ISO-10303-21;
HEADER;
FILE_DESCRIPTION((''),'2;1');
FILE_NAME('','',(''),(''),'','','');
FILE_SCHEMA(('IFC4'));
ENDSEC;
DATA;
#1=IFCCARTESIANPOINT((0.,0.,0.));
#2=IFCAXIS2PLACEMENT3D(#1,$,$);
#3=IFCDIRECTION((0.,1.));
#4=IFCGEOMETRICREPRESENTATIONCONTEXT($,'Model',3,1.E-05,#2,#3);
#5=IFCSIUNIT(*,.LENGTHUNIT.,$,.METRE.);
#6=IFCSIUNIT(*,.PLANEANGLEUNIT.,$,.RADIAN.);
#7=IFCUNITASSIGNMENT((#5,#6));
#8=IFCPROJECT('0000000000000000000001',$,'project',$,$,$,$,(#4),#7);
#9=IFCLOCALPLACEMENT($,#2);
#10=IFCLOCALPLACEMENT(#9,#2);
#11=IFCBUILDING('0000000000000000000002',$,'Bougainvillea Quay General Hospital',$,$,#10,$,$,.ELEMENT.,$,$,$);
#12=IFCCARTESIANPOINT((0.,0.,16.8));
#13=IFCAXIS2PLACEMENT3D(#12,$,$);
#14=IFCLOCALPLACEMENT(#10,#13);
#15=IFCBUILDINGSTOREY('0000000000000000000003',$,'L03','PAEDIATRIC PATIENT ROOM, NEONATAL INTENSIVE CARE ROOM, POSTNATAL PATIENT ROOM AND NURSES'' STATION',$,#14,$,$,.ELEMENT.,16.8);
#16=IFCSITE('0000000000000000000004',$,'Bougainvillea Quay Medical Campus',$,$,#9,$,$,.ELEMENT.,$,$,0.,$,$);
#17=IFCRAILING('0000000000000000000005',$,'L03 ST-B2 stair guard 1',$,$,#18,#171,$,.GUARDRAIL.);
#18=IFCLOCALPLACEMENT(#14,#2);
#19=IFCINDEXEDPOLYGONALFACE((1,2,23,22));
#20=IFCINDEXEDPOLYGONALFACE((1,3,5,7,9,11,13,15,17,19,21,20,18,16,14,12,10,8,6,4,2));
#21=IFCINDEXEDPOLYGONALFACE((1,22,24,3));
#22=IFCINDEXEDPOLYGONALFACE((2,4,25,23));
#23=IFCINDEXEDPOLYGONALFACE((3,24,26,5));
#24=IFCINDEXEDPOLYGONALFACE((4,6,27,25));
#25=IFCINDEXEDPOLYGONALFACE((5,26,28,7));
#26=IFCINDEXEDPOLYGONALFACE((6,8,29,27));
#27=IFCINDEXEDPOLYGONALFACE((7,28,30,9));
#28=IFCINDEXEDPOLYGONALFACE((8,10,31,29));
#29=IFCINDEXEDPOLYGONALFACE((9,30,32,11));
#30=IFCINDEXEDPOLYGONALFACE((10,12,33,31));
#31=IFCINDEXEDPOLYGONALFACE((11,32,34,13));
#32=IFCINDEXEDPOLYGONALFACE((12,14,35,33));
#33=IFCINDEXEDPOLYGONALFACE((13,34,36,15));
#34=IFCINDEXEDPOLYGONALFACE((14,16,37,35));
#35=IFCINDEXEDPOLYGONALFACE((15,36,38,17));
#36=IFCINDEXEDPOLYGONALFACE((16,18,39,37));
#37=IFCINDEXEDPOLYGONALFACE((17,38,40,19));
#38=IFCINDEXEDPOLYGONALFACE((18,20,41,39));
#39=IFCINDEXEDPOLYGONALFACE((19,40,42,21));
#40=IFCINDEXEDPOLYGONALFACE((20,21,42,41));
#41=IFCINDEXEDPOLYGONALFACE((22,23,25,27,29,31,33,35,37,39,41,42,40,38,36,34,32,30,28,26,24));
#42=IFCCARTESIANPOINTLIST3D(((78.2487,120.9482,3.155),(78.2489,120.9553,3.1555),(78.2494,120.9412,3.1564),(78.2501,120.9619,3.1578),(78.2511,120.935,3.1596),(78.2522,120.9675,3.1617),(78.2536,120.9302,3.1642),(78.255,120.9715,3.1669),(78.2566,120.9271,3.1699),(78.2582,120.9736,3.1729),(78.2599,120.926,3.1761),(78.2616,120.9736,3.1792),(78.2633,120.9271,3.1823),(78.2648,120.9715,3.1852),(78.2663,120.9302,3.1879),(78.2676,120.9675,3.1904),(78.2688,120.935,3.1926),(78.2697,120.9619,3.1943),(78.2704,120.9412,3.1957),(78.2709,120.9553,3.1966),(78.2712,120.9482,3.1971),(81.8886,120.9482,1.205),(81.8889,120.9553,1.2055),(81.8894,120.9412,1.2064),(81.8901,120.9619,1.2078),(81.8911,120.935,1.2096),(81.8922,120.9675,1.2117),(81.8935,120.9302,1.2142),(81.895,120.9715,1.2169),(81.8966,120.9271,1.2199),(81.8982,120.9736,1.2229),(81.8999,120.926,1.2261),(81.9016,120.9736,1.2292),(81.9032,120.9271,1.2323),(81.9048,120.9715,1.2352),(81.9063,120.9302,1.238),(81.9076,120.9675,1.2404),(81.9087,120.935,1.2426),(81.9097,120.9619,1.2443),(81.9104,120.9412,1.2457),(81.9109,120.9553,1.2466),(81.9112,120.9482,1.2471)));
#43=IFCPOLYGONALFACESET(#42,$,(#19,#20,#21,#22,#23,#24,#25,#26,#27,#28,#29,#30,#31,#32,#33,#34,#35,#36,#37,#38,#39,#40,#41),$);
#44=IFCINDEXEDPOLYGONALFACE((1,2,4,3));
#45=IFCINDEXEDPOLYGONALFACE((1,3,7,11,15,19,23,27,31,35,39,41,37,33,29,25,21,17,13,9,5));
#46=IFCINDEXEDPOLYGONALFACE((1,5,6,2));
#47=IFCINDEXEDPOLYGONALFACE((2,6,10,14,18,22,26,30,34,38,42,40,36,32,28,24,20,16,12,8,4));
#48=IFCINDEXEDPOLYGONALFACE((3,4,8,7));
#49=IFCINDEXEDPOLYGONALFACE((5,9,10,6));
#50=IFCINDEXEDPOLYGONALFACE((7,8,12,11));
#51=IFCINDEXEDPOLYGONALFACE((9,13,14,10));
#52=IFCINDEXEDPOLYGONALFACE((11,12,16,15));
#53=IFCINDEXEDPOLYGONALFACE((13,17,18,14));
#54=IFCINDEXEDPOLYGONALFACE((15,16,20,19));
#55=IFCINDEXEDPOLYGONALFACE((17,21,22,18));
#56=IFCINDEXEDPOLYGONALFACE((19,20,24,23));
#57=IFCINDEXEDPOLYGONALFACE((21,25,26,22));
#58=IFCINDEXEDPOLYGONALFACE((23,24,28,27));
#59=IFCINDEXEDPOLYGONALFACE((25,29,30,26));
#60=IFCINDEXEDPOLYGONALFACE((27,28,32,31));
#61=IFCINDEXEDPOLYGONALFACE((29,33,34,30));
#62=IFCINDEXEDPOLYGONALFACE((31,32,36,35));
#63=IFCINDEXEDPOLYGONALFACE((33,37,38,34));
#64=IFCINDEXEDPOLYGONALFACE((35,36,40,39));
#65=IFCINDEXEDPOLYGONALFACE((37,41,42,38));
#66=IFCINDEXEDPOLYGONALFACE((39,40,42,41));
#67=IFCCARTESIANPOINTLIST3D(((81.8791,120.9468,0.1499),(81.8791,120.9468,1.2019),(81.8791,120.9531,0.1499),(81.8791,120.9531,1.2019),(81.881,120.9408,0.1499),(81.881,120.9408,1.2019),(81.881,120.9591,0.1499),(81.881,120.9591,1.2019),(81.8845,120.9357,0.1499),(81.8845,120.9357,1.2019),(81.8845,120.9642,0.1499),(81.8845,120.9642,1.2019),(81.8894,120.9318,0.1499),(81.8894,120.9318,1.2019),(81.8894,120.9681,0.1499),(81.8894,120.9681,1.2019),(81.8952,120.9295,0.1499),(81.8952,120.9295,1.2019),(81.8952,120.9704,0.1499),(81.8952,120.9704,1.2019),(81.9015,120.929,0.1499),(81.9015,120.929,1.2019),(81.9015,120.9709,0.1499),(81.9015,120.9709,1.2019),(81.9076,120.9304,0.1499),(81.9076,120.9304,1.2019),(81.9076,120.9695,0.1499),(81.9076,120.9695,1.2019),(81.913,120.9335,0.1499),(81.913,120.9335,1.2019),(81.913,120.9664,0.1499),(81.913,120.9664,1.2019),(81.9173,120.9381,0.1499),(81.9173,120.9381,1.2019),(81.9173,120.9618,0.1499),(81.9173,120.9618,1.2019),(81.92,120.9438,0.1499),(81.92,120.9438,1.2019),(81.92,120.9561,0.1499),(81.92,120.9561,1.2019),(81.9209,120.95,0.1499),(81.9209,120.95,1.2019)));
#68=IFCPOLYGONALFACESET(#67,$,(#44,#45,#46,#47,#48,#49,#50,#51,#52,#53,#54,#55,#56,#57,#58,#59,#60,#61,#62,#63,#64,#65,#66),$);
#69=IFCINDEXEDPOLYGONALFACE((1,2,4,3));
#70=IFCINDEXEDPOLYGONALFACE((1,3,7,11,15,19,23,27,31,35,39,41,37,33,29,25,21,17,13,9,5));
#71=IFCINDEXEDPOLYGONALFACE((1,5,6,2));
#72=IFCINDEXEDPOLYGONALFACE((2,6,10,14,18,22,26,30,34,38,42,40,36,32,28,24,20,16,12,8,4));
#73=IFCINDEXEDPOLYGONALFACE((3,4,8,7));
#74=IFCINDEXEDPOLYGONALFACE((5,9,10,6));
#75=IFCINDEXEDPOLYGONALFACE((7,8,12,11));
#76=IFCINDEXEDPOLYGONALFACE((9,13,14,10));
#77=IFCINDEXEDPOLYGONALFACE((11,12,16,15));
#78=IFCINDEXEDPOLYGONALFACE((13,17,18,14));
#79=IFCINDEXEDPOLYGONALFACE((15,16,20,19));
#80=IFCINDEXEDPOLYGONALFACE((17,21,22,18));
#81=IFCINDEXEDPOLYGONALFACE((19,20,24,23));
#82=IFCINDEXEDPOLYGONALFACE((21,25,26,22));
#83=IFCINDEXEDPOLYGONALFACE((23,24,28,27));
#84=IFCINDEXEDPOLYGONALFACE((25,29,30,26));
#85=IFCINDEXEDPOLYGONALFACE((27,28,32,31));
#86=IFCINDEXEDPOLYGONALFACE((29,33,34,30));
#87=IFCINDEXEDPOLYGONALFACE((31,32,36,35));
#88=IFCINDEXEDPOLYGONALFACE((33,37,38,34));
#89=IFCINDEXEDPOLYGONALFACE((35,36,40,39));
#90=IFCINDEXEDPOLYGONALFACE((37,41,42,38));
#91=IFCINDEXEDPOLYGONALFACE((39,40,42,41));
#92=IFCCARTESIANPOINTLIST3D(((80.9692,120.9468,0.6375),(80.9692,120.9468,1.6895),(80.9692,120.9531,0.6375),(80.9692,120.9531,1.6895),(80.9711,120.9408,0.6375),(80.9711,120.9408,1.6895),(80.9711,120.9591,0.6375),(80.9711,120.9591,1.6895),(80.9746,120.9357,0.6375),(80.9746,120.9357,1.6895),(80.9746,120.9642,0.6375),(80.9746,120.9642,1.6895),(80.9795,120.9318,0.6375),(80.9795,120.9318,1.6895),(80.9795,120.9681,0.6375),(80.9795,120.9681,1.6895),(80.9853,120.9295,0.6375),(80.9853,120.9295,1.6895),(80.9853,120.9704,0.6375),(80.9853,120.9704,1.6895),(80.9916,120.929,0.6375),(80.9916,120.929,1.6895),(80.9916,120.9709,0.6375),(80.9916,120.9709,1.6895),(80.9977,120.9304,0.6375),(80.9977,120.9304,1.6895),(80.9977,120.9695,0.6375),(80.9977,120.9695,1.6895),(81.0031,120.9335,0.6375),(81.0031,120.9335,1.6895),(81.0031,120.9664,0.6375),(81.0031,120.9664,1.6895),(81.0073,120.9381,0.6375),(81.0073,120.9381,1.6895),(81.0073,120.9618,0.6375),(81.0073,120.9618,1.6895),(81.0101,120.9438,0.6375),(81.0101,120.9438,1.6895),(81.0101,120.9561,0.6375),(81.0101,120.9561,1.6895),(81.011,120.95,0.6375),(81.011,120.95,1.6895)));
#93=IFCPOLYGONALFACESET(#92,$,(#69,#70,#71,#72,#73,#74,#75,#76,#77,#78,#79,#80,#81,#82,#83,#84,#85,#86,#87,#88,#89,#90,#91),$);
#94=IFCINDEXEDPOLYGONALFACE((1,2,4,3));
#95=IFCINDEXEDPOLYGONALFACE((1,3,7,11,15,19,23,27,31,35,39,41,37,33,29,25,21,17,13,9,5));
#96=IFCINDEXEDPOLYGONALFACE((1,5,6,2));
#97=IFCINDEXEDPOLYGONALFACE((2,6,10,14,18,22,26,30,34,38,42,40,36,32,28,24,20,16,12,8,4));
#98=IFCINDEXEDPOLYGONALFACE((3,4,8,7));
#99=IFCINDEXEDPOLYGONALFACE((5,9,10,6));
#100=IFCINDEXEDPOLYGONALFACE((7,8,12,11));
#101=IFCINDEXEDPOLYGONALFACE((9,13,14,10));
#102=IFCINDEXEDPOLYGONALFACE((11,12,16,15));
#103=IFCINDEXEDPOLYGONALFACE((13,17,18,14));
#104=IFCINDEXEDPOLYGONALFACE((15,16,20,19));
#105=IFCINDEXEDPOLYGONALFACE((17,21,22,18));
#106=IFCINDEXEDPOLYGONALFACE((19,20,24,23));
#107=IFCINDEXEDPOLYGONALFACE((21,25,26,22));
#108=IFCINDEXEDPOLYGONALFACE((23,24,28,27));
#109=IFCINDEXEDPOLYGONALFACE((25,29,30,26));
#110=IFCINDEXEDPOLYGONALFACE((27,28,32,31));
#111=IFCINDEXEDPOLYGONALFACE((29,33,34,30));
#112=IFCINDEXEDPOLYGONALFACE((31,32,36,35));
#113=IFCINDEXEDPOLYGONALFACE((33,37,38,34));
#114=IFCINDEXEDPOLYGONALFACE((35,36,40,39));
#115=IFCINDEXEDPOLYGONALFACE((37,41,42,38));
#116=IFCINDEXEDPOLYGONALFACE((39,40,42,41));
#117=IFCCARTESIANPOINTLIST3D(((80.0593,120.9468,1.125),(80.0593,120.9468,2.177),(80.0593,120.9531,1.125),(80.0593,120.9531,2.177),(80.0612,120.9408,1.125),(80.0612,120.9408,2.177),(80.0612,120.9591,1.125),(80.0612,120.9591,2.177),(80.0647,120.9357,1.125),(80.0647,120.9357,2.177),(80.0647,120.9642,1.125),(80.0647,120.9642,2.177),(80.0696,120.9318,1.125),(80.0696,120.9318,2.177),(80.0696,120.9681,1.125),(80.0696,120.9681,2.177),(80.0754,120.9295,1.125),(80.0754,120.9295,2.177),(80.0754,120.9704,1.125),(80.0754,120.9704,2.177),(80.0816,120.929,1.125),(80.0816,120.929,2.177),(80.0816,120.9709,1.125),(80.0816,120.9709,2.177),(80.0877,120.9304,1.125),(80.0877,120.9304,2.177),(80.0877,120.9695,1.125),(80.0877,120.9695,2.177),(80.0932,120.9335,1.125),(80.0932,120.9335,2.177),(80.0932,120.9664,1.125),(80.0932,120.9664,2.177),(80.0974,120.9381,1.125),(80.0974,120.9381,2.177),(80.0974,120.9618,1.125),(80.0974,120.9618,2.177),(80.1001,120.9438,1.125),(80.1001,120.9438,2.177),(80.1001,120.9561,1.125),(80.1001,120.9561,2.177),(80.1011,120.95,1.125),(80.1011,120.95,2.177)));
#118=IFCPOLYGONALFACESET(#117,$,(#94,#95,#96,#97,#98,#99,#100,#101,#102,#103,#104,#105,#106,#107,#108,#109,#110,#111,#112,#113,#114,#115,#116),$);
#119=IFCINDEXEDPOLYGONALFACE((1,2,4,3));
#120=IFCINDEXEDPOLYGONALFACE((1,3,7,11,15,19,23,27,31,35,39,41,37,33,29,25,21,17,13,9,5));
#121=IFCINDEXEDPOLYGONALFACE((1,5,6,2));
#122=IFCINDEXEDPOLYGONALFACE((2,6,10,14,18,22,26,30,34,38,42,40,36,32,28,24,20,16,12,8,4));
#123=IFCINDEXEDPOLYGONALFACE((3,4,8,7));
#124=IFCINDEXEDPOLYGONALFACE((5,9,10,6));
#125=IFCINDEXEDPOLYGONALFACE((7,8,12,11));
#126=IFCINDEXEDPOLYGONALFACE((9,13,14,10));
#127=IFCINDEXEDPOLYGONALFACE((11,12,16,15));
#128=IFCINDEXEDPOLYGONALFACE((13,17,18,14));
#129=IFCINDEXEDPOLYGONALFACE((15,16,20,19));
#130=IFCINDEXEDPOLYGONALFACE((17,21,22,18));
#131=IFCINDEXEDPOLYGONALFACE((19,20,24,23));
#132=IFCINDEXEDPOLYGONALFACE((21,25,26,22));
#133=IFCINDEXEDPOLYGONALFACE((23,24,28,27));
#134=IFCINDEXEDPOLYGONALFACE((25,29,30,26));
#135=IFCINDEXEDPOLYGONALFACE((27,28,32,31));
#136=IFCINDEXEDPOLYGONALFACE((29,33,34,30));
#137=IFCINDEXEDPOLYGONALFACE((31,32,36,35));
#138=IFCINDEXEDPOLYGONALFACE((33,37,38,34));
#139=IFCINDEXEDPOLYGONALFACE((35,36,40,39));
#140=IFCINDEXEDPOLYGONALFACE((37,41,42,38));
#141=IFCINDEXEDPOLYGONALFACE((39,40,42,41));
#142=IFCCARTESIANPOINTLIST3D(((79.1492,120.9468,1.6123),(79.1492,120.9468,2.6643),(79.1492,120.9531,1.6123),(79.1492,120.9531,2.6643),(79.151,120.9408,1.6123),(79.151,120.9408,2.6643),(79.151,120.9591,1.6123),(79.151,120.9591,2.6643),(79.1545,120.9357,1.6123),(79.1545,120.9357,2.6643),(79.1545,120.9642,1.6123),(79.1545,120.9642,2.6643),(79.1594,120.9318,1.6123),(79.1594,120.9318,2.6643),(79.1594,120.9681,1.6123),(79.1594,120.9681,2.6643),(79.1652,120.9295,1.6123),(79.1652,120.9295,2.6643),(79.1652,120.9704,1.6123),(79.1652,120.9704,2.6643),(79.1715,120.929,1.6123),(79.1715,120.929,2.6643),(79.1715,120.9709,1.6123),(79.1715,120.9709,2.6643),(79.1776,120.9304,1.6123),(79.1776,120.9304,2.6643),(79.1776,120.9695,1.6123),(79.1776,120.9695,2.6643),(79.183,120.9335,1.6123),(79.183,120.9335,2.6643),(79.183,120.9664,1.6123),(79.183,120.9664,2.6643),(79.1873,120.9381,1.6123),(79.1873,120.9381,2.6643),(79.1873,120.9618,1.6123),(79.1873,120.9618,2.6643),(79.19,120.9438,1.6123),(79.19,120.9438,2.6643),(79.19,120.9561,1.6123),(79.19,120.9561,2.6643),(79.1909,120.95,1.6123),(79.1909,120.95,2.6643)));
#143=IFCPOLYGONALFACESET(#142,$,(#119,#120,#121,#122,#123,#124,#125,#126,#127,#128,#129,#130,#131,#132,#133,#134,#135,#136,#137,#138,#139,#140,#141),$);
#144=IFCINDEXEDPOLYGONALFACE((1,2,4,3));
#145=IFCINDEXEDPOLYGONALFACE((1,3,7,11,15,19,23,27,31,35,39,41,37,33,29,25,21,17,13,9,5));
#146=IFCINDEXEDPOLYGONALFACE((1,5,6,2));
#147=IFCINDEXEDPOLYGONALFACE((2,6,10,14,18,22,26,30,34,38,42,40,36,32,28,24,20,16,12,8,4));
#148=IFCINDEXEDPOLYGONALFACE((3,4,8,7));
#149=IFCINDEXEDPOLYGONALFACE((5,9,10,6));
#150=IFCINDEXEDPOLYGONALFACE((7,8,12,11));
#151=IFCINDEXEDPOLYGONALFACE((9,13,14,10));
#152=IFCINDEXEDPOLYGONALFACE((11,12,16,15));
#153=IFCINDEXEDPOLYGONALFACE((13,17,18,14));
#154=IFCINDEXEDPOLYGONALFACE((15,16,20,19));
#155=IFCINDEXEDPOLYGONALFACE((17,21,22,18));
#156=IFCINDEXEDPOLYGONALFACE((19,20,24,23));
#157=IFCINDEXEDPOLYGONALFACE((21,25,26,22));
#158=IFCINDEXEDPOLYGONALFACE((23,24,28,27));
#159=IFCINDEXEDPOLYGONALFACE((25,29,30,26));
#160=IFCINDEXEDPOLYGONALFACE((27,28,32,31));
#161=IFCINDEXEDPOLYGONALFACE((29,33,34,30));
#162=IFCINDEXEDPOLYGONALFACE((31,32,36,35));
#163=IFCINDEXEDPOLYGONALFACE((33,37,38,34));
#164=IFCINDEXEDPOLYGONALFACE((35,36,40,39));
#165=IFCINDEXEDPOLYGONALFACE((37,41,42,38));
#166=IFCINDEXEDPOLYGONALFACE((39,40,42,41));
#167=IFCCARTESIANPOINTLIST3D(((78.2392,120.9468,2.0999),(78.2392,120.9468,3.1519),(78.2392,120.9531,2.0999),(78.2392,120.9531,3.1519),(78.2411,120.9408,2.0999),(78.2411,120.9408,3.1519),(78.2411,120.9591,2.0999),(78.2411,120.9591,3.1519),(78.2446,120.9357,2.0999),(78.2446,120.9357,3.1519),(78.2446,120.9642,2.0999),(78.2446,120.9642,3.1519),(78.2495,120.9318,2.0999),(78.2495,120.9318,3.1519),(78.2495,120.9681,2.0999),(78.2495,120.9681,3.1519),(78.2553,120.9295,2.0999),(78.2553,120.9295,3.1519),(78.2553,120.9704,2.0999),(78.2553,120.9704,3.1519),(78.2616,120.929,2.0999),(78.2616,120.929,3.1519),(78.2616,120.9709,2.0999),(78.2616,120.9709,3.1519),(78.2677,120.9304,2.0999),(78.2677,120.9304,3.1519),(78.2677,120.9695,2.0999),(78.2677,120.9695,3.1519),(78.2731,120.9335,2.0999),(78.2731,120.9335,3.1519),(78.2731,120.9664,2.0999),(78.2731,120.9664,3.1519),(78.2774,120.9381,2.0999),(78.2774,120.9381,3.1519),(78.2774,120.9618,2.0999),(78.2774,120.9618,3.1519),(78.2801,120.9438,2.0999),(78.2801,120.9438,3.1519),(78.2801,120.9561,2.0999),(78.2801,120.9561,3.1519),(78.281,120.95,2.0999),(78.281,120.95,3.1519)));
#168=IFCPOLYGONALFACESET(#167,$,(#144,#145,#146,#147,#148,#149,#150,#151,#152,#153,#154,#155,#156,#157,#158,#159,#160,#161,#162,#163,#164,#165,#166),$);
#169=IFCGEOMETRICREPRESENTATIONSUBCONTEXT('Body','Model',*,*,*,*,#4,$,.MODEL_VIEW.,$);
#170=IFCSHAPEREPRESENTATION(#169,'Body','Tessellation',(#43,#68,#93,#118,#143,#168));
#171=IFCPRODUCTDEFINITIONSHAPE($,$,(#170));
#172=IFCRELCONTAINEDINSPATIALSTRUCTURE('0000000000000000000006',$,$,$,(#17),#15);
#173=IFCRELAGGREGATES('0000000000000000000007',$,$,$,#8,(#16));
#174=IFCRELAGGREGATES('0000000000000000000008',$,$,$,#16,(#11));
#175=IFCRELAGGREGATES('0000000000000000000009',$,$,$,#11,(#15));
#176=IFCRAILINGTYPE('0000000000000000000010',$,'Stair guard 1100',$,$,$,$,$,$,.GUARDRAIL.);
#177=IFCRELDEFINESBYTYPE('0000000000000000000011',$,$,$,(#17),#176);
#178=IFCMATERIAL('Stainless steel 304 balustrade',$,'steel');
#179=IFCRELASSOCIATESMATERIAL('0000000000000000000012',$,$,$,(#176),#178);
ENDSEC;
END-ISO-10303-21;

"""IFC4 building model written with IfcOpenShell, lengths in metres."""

from ifc_helpers import new_model, si_unit, direction, frame, origin, origin_2d, place, context, subcontext, project, spatial, circle, extrude, material, type_object, element, save


model = new_model("IFC4")

# Units and contexts
model_context = context("Model", 3, precision=1e-05, world=origin(), true_north=direction((0.0, 1.0)))
body_context = subcontext(model_context, "Body", "Model", "MODEL_VIEW")
ifc_project = project(units=[si_unit("LENGTHUNIT", "METRE"), si_unit("PLANEANGLEUNIT", "RADIAN")], contexts=[model_context])

# Site, building, storey
site_placement = place(None, origin())
site = spatial("IfcSite", under=ifc_project, at=site_placement, Name="Bougainvillea Quay Medical Campus", CompositionType="ELEMENT", RefElevation=0.0)
building_placement = place(site_placement, origin())
building = spatial("IfcBuilding", under=site, at=building_placement, Name="Bougainvillea Quay General Hospital", CompositionType="ELEMENT")
storey_placement = place(building_placement, frame((0.0, 0.0, 16.8)))
storey = spatial("IfcBuildingStorey", under=building, at=storey_placement, Name="L03", Description="PAEDIATRIC PATIENT ROOM, NEONATAL INTENSIVE CARE ROOM, POSTNATAL PATIENT ROOM AND NURSES' STATION", CompositionType="ELEMENT", Elevation=16.8)

# Railing
ifc_material_1 = material(Name="Stainless steel 304 balustrade", Category="steel")
railing_type_1 = type_object("IfcRailingType", Name="Stair guard 1100", PredefinedType="GUARDRAIL", material=ifc_material_1)
railing_1_placement = place(storey_placement, frame((81.8999, 120.95, 0.1499)))
element("IfcRailing", 1, at=railing_1_placement, inside=storey, type_object=railing_type_1, Name="L03 ST-B2 stair guard 1", PredefinedType="GUARDRAIL", context=body_context, shape_type="SweptSolid", body=[
    extrude(circle(Radius=0.0239, at=origin_2d()), frame((0.0, 0.0, 1.0762), z_axis=(-0.881479, 0.0, 0.472223), x_axis=(0.0, -1.0, 0.0)), (0.0, 0.0, 1.0), 4.1294),
    extrude(circle(Radius=0.021, at=origin_2d()), origin(), (0.0, 0.0, 1.0), 1.052),
    extrude(circle(Radius=0.021, at=origin_2d()), frame((-0.9099, 0.0, 0.4875)), (0.0, 0.0, 1.0), 1.052),
    extrude(circle(Radius=0.021, at=origin_2d()), frame((-1.8198, 0.0, 0.9751)), (0.0, 0.0, 1.0), 1.052),
    extrude(circle(Radius=0.021, at=origin_2d()), frame((-2.73, 0.0, 1.4624)), (0.0, 0.0, 1.0), 1.052),
    extrude(circle(Radius=0.021, at=origin_2d()), frame((-3.6399, 0.0, 1.95)), (0.0, 0.0, 1.0), 1.052),
])

save(model, "model.ifc")
